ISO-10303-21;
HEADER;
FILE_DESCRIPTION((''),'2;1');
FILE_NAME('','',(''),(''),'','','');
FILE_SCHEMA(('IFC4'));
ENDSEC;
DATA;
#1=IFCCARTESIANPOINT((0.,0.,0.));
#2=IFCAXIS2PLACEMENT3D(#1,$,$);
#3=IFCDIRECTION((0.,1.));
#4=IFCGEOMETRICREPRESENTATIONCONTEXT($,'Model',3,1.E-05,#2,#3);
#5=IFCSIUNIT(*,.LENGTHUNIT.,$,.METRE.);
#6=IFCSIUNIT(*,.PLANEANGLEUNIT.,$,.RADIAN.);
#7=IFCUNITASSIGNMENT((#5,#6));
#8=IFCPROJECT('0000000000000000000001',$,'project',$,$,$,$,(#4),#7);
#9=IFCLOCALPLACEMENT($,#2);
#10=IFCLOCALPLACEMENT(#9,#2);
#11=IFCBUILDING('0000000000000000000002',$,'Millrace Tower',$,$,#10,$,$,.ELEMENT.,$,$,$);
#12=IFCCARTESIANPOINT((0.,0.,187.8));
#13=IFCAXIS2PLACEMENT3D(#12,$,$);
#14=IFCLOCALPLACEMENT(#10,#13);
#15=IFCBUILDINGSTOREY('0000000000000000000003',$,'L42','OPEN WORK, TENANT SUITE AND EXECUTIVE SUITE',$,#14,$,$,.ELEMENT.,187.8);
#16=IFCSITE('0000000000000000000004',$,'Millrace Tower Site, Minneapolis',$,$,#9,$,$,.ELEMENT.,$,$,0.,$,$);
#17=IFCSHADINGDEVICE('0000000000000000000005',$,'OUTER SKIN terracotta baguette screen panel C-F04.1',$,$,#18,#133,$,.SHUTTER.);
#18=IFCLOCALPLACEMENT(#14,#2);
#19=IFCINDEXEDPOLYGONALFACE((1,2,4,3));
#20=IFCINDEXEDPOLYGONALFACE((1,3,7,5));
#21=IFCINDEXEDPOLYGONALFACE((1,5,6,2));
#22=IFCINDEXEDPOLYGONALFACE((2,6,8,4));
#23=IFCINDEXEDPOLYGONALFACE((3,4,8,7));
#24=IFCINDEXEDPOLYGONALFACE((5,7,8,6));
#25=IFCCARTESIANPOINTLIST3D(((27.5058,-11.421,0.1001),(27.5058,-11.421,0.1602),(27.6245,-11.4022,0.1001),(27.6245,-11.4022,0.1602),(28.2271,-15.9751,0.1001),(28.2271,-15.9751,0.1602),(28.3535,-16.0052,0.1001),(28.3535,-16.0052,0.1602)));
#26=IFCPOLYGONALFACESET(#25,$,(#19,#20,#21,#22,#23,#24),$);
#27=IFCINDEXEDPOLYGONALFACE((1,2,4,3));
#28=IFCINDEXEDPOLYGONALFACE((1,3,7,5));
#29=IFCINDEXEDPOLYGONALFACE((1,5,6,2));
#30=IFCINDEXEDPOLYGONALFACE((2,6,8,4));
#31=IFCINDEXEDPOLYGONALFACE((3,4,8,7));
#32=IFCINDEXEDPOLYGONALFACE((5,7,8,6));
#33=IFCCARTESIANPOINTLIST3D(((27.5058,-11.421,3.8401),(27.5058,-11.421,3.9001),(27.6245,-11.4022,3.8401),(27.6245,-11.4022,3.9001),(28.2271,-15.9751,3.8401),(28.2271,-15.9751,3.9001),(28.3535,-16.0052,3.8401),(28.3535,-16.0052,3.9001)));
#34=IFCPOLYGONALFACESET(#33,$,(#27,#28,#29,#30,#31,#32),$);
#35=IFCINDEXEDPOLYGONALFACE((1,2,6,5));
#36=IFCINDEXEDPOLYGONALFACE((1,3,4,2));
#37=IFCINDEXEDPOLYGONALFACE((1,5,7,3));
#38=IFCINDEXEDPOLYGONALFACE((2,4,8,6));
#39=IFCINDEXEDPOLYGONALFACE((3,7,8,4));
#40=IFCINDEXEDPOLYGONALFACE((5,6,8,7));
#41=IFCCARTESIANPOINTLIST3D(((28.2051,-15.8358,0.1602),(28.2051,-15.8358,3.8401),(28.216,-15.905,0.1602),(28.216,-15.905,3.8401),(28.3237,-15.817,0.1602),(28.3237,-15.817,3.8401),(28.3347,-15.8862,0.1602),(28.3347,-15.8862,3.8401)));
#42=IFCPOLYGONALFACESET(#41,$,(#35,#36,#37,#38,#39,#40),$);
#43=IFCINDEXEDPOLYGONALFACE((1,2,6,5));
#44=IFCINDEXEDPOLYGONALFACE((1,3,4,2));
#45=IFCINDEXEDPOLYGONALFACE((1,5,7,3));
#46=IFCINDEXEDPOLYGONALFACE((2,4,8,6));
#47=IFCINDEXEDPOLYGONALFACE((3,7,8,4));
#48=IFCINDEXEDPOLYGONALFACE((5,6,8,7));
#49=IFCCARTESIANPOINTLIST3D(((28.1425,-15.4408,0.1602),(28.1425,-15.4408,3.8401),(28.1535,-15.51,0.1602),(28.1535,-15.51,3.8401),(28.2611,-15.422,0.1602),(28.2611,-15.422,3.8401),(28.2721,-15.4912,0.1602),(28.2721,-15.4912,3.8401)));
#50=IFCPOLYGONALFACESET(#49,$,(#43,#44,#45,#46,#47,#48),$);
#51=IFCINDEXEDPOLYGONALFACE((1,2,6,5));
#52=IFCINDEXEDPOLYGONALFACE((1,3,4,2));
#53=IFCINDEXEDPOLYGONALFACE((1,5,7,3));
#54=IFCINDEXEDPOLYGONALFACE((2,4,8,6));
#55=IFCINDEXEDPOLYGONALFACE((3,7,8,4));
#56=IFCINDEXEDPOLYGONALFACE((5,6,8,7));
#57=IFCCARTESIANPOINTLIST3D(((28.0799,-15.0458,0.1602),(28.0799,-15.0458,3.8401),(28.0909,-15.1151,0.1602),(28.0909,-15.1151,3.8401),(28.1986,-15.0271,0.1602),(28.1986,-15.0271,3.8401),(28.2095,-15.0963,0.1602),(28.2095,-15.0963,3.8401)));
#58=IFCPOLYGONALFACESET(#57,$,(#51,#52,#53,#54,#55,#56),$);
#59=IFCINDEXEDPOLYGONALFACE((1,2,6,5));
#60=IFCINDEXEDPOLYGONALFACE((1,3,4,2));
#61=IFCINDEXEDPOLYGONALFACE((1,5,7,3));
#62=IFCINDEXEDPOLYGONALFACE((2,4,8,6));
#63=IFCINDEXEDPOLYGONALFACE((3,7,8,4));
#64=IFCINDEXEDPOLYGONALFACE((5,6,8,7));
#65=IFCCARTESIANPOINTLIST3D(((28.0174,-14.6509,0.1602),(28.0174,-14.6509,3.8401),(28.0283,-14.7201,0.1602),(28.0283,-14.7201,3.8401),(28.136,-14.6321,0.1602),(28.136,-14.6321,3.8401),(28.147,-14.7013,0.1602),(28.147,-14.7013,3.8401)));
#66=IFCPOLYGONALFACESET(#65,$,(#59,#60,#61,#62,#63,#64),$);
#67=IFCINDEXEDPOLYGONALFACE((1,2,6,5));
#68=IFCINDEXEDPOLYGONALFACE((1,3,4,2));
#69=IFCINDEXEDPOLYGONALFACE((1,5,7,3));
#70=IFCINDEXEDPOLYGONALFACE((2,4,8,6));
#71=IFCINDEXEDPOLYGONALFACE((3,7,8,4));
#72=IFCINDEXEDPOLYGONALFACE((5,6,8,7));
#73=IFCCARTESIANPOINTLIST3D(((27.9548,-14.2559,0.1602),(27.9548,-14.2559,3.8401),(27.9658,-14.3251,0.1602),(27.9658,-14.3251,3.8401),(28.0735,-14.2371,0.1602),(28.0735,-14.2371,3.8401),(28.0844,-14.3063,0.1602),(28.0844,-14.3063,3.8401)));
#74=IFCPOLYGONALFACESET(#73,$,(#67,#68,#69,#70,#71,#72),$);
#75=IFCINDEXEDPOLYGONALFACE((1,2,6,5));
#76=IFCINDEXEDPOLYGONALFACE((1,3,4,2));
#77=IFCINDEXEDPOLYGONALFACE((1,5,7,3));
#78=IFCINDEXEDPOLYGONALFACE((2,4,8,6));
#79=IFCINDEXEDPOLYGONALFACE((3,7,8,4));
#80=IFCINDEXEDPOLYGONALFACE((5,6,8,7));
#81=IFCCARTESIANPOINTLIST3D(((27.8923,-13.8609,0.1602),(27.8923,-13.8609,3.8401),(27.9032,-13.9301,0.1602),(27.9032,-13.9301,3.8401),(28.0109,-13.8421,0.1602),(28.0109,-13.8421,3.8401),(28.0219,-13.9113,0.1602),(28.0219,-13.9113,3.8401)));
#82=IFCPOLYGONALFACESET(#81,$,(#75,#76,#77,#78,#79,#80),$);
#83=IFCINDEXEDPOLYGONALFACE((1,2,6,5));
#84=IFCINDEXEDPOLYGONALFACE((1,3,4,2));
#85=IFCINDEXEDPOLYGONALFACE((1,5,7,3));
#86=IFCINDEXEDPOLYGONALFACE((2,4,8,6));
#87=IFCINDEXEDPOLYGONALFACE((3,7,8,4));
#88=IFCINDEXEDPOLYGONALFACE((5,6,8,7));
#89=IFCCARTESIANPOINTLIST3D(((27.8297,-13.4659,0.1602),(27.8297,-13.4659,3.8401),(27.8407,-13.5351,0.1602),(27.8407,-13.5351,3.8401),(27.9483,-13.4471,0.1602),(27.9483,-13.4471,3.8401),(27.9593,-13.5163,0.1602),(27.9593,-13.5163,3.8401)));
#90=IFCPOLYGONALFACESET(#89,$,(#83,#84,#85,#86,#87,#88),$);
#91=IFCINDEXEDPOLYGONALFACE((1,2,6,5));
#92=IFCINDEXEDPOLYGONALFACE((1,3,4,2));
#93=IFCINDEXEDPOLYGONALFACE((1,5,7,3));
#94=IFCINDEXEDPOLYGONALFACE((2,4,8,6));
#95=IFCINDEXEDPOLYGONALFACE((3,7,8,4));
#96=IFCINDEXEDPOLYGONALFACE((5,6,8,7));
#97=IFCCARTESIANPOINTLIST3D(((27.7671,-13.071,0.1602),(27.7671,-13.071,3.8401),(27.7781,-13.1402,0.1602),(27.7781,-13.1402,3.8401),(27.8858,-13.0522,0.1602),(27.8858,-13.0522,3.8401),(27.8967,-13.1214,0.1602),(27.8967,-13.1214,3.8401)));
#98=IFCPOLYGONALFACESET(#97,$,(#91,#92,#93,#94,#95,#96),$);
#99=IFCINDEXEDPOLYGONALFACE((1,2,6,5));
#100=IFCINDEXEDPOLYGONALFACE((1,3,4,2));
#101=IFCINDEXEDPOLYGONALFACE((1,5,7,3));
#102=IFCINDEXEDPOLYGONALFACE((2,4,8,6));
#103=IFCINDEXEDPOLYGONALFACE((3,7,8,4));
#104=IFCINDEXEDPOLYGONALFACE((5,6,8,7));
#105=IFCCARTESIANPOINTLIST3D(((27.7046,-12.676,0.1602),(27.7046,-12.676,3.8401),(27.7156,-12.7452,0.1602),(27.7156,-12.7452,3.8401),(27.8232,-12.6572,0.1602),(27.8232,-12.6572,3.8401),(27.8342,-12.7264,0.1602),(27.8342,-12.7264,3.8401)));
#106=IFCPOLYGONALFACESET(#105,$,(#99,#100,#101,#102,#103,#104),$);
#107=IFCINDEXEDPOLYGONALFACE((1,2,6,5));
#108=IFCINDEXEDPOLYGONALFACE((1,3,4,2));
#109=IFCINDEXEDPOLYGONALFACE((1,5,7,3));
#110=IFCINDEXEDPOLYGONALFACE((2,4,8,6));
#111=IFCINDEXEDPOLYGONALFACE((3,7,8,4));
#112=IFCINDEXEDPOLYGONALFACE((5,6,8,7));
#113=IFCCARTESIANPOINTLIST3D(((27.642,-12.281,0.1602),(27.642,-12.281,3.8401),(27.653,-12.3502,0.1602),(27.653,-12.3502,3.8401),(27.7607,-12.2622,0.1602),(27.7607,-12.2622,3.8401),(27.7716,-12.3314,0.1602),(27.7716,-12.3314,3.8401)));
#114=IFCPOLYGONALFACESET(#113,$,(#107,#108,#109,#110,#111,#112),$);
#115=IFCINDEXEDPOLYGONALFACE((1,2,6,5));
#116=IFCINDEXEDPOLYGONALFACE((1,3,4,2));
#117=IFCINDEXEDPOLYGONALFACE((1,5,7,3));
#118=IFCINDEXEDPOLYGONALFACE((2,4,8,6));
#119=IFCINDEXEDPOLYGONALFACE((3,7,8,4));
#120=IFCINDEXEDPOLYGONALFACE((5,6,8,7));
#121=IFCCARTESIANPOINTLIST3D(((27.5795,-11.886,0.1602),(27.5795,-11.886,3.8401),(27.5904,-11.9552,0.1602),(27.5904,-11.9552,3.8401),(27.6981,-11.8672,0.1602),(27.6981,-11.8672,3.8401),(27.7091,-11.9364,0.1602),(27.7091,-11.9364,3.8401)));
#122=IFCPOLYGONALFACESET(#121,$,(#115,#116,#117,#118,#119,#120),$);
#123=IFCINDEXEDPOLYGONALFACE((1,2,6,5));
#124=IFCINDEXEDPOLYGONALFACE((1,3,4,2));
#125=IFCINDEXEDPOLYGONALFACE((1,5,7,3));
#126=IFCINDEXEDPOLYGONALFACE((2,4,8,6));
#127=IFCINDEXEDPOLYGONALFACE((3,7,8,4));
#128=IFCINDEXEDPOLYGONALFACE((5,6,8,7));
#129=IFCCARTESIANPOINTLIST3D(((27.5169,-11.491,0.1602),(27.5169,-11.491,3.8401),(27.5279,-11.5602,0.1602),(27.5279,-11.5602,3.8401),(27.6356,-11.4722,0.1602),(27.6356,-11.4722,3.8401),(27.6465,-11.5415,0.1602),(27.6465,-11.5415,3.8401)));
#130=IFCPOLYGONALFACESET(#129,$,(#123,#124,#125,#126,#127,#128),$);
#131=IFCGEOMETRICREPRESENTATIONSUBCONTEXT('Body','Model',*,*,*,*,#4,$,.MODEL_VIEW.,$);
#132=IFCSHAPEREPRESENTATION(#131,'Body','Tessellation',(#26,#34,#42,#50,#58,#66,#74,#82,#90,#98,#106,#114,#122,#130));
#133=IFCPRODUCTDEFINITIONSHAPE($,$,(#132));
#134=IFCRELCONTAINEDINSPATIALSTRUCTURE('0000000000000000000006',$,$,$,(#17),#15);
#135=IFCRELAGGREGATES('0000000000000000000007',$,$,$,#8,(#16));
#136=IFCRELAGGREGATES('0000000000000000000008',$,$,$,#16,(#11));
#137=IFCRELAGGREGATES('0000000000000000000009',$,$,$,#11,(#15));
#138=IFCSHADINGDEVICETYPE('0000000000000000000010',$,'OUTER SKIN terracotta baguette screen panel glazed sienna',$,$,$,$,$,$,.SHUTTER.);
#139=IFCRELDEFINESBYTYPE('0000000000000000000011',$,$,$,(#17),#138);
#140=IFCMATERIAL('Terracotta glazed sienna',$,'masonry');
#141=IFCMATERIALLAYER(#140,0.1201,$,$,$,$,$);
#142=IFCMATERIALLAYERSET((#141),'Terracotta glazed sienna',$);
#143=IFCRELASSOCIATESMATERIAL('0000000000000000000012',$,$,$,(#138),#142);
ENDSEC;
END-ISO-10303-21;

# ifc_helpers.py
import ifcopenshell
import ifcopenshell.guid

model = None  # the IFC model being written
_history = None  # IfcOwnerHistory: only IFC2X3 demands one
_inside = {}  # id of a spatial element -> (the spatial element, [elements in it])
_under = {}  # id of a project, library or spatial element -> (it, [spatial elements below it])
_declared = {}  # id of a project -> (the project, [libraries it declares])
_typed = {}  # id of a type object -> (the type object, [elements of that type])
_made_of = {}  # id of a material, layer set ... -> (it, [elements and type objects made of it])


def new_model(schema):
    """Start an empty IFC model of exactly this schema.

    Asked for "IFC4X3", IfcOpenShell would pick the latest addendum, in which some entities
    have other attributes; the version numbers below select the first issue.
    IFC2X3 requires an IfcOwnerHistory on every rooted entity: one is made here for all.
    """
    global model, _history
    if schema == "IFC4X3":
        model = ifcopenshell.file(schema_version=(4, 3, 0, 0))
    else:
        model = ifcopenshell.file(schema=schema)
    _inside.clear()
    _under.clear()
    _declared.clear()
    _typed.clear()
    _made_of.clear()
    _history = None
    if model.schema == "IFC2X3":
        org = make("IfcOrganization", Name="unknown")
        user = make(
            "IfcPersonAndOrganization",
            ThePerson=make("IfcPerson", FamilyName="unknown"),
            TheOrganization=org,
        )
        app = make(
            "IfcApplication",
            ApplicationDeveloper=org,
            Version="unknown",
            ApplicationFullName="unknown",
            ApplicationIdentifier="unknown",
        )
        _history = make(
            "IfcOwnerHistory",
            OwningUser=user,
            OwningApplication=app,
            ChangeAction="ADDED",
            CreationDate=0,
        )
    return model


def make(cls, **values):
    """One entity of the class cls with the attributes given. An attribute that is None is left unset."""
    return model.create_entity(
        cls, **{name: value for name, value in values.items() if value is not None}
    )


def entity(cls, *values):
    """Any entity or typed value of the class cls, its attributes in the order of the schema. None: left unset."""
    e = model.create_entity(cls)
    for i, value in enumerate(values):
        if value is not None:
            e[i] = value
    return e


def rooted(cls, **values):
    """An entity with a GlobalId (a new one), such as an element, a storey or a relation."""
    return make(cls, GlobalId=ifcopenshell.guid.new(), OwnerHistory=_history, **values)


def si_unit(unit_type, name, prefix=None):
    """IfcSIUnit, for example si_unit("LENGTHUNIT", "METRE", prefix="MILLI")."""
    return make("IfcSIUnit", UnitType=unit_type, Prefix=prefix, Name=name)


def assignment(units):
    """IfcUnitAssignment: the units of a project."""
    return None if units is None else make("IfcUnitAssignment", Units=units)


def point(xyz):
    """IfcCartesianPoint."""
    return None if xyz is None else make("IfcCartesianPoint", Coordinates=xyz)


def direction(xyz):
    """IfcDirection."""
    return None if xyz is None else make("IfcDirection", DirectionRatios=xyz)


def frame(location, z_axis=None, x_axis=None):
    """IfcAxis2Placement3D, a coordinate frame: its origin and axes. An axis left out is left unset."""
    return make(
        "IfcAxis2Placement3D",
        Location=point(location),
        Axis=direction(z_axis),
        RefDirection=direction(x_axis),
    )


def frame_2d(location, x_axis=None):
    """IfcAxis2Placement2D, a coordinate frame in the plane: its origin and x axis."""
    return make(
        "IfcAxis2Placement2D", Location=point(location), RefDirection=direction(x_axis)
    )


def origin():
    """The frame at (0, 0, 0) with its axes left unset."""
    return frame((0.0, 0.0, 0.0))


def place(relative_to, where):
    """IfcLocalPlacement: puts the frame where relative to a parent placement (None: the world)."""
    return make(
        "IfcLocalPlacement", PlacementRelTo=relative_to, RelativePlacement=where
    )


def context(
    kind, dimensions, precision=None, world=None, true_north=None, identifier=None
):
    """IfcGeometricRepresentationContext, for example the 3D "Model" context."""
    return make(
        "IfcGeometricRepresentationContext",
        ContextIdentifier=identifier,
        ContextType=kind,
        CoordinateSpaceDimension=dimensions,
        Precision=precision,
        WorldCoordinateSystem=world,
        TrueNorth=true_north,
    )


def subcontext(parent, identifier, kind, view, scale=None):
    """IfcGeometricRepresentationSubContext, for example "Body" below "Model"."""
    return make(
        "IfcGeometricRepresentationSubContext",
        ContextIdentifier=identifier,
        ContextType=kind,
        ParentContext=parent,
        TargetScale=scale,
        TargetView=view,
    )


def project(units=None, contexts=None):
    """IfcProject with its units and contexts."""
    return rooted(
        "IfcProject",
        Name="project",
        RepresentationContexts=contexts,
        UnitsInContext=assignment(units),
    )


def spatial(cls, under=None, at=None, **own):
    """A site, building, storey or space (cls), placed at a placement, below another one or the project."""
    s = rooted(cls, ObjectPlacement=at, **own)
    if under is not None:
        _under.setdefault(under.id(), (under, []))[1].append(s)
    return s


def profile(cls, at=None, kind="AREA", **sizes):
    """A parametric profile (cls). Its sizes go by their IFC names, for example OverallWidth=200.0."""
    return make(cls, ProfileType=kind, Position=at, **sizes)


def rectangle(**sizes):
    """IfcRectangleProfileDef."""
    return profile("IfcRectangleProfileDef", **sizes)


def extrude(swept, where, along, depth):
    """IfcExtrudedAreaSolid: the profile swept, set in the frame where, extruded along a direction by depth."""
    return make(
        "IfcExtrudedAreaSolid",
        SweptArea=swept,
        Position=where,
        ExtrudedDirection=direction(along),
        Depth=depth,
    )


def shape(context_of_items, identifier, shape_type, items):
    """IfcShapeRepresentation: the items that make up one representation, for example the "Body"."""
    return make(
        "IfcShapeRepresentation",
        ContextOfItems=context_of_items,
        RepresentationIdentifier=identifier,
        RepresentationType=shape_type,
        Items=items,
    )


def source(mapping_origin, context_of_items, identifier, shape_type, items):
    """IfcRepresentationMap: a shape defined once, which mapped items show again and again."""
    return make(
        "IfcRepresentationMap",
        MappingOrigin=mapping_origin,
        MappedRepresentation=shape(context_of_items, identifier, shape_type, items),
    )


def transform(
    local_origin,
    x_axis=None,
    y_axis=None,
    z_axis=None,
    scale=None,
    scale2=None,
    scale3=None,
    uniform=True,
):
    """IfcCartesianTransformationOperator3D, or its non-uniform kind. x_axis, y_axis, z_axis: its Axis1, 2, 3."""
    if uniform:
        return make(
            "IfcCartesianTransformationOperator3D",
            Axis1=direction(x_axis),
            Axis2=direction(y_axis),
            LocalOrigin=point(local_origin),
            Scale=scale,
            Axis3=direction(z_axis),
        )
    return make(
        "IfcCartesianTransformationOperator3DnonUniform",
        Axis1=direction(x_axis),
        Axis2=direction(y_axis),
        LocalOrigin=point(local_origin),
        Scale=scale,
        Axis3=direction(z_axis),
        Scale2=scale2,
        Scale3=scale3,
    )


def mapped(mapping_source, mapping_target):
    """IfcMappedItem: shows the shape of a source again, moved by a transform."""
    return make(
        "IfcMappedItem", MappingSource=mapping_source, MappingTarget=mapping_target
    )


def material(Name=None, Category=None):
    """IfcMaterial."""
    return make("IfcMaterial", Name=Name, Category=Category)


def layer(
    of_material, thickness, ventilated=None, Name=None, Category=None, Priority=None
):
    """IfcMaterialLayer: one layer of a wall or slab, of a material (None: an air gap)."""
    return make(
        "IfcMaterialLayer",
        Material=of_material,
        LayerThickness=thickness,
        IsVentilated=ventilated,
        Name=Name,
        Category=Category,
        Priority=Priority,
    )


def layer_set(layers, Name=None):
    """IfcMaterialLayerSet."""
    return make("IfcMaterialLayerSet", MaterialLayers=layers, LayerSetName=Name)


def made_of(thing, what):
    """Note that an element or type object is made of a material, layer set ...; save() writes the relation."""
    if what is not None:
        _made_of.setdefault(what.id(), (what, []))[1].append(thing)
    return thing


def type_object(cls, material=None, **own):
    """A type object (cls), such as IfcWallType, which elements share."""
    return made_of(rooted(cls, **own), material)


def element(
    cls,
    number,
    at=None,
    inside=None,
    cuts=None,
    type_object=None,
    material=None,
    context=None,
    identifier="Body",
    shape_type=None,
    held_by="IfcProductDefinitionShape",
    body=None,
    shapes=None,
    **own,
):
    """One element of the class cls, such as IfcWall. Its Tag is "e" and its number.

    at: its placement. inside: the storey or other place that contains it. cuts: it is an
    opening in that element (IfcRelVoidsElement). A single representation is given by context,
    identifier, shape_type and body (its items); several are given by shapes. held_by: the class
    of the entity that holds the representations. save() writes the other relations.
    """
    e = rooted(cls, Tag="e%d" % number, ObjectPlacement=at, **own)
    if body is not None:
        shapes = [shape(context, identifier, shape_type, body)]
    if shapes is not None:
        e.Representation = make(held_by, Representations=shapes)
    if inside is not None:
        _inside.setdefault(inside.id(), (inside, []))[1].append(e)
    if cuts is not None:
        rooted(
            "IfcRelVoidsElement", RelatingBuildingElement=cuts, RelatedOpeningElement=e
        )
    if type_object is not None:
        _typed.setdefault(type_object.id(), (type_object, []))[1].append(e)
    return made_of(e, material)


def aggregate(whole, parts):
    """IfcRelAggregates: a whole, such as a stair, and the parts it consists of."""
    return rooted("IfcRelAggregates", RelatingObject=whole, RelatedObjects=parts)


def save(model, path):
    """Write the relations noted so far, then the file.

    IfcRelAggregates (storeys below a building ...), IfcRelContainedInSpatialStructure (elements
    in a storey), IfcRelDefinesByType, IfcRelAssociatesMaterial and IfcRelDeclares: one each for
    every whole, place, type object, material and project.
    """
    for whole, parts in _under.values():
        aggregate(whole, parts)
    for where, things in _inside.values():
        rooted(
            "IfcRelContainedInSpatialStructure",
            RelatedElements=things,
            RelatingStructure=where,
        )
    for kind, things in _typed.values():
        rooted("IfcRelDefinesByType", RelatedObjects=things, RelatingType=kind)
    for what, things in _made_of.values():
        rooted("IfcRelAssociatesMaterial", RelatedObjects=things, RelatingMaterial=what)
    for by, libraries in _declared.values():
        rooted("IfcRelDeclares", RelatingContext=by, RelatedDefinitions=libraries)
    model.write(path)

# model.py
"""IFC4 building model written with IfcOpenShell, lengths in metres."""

from ifc_helpers import new_model, entity, si_unit, direction, frame, frame_2d, origin, place, context, subcontext, project, spatial, rectangle, extrude, source, transform, mapped, material, layer, layer_set, type_object, element, save


model = new_model("IFC4")

# Units and contexts
model_context = context("Model", 3, precision=1e-05, world=origin(), true_north=direction((0.0, 1.0)))
body_context = subcontext(model_context, "Body", "Model", "MODEL_VIEW")
ifc_project = project(units=[si_unit("LENGTHUNIT", "METRE"), si_unit("PLANEANGLEUNIT", "RADIAN")], contexts=[model_context])

# Site, building, storey
site_placement = place(None, origin())
site = spatial("IfcSite", under=ifc_project, at=site_placement, Name="Millrace Tower Site, Minneapolis", CompositionType="ELEMENT", RefElevation=0.0)
building_placement = place(site_placement, origin())
building = spatial("IfcBuilding", under=site, at=building_placement, Name="Millrace Tower", CompositionType="ELEMENT")
storey_placement = place(building_placement, frame((0.0, 0.0, 187.8)))
storey = spatial("IfcBuildingStorey", under=building, at=storey_placement, Name="L42", Description="OPEN WORK, TENANT SUITE AND EXECUTIVE SUITE", CompositionType="ELEMENT", Elevation=187.8)

# Shading device
ifc_material_1 = material(Name="Terracotta glazed sienna", Category="masonry")
ifc_layer_1 = layer(ifc_material_1, 0.1201)
ifc_layer_set_1 = layer_set([ifc_layer_1], Name="Terracotta glazed sienna")
shading_device_type = type_object("IfcShadingDeviceType", Name="OUTER SKIN terracotta baguette screen panel glazed sienna", PredefinedType="SHUTTER", material=ifc_layer_set_1)
cartesian_point_1 = entity("IfcCartesianPoint", [-2.293, 0.0601])
shared_polyline_1 = entity("IfcPolyline", [cartesian_point_1, entity("IfcCartesianPoint", [2.3179, 0.0601]), entity("IfcCartesianPoint", [2.3179, -0.0601]), entity("IfcCartesianPoint", [-2.3425, -0.0601]), cartesian_point_1])
shared_shape_1 = source(origin(), body_context, "Body", "SweptSolid", [
    entity("IfcExtrudedAreaSolid", entity("IfcArbitraryClosedProfileDef", "AREA", None, shared_polyline_1), entity("IfcAxis2Placement3D", entity("IfcCartesianPoint", [0.0, 0.0, 0.0])), entity("IfcDirection", [0.0, 0.0, 1.0]), 0.0601),
    entity("IfcExtrudedAreaSolid", entity("IfcArbitraryClosedProfileDef", "AREA", None, shared_polyline_1), entity("IfcAxis2Placement3D", entity("IfcCartesianPoint", [0.0, 0.0, 3.74])), entity("IfcDirection", [0.0, 0.0, 1.0]), 0.0601),
    extrude(rectangle(XDim=0.0701, YDim=0.1201, at=frame_2d((-2.187, 0.0))), frame((0.0, 0.0, 0.0601)), (0.0, 0.0, 1.0), 3.6799),
    extrude(rectangle(XDim=0.0701, YDim=0.1201, at=frame_2d((-1.7871, 0.0))), frame((0.0, 0.0, 0.0601)), (0.0, 0.0, 1.0), 3.6799),
    extrude(rectangle(XDim=0.0701, YDim=0.1201, at=frame_2d((-1.3872, 0.0))), frame((0.0, 0.0, 0.0601)), (0.0, 0.0, 1.0), 3.6799),
    extrude(rectangle(XDim=0.0701, YDim=0.1201, at=frame_2d((-0.9873, 0.0))), frame((0.0, 0.0, 0.0601)), (0.0, 0.0, 1.0), 3.6799),
    extrude(rectangle(XDim=0.0701, YDim=0.1201, at=frame_2d((-0.5874, 0.0))), frame((0.0, 0.0, 0.0601)), (0.0, 0.0, 1.0), 3.6799),
    extrude(rectangle(XDim=0.0701, YDim=0.1201, at=frame_2d((-0.1875, 0.0))), frame((0.0, 0.0, 0.0601)), (0.0, 0.0, 1.0), 3.6799),
    extrude(rectangle(XDim=0.0701, YDim=0.1201, at=frame_2d((0.2124, 0.0))), frame((0.0, 0.0, 0.0601)), (0.0, 0.0, 1.0), 3.6799),
    extrude(rectangle(XDim=0.0701, YDim=0.1201, at=frame_2d((0.6123, 0.0))), frame((0.0, 0.0, 0.0601)), (0.0, 0.0, 1.0), 3.6799),
    extrude(rectangle(XDim=0.0701, YDim=0.1201, at=frame_2d((1.0122, 0.0))), frame((0.0, 0.0, 0.0601)), (0.0, 0.0, 1.0), 3.6799),
    extrude(rectangle(XDim=0.0701, YDim=0.1201, at=frame_2d((1.4121, 0.0))), frame((0.0, 0.0, 0.0601)), (0.0, 0.0, 1.0), 3.6799),
    extrude(rectangle(XDim=0.0701, YDim=0.1201, at=frame_2d((1.812, 0.0))), frame((0.0, 0.0, 0.0601)), (0.0, 0.0, 1.0), 3.6799),
    extrude(rectangle(XDim=0.0701, YDim=0.1201, at=frame_2d((2.2119, 0.0))), frame((0.0, 0.0, 0.0601)), (0.0, 0.0, 1.0), 3.6799),
])
shading_device_placement = place(storey_placement, frame((27.9277, -13.7009, 0.1001), z_axis=(0.0, 0.0, 1.0), x_axis=(-0.156434, 0.987688, 0.0)))
element("IfcShadingDevice", 1, at=shading_device_placement, inside=storey, type_object=shading_device_type, Name="OUTER SKIN terracotta baguette screen panel C-F04.1", PredefinedType="SHUTTER", context=body_context, shape_type="MappedRepresentation", body=[
    mapped(shared_shape_1, transform((0.0, 0.0, 0.0), scale=1.0)),
])

save(model, "model.ifc")
